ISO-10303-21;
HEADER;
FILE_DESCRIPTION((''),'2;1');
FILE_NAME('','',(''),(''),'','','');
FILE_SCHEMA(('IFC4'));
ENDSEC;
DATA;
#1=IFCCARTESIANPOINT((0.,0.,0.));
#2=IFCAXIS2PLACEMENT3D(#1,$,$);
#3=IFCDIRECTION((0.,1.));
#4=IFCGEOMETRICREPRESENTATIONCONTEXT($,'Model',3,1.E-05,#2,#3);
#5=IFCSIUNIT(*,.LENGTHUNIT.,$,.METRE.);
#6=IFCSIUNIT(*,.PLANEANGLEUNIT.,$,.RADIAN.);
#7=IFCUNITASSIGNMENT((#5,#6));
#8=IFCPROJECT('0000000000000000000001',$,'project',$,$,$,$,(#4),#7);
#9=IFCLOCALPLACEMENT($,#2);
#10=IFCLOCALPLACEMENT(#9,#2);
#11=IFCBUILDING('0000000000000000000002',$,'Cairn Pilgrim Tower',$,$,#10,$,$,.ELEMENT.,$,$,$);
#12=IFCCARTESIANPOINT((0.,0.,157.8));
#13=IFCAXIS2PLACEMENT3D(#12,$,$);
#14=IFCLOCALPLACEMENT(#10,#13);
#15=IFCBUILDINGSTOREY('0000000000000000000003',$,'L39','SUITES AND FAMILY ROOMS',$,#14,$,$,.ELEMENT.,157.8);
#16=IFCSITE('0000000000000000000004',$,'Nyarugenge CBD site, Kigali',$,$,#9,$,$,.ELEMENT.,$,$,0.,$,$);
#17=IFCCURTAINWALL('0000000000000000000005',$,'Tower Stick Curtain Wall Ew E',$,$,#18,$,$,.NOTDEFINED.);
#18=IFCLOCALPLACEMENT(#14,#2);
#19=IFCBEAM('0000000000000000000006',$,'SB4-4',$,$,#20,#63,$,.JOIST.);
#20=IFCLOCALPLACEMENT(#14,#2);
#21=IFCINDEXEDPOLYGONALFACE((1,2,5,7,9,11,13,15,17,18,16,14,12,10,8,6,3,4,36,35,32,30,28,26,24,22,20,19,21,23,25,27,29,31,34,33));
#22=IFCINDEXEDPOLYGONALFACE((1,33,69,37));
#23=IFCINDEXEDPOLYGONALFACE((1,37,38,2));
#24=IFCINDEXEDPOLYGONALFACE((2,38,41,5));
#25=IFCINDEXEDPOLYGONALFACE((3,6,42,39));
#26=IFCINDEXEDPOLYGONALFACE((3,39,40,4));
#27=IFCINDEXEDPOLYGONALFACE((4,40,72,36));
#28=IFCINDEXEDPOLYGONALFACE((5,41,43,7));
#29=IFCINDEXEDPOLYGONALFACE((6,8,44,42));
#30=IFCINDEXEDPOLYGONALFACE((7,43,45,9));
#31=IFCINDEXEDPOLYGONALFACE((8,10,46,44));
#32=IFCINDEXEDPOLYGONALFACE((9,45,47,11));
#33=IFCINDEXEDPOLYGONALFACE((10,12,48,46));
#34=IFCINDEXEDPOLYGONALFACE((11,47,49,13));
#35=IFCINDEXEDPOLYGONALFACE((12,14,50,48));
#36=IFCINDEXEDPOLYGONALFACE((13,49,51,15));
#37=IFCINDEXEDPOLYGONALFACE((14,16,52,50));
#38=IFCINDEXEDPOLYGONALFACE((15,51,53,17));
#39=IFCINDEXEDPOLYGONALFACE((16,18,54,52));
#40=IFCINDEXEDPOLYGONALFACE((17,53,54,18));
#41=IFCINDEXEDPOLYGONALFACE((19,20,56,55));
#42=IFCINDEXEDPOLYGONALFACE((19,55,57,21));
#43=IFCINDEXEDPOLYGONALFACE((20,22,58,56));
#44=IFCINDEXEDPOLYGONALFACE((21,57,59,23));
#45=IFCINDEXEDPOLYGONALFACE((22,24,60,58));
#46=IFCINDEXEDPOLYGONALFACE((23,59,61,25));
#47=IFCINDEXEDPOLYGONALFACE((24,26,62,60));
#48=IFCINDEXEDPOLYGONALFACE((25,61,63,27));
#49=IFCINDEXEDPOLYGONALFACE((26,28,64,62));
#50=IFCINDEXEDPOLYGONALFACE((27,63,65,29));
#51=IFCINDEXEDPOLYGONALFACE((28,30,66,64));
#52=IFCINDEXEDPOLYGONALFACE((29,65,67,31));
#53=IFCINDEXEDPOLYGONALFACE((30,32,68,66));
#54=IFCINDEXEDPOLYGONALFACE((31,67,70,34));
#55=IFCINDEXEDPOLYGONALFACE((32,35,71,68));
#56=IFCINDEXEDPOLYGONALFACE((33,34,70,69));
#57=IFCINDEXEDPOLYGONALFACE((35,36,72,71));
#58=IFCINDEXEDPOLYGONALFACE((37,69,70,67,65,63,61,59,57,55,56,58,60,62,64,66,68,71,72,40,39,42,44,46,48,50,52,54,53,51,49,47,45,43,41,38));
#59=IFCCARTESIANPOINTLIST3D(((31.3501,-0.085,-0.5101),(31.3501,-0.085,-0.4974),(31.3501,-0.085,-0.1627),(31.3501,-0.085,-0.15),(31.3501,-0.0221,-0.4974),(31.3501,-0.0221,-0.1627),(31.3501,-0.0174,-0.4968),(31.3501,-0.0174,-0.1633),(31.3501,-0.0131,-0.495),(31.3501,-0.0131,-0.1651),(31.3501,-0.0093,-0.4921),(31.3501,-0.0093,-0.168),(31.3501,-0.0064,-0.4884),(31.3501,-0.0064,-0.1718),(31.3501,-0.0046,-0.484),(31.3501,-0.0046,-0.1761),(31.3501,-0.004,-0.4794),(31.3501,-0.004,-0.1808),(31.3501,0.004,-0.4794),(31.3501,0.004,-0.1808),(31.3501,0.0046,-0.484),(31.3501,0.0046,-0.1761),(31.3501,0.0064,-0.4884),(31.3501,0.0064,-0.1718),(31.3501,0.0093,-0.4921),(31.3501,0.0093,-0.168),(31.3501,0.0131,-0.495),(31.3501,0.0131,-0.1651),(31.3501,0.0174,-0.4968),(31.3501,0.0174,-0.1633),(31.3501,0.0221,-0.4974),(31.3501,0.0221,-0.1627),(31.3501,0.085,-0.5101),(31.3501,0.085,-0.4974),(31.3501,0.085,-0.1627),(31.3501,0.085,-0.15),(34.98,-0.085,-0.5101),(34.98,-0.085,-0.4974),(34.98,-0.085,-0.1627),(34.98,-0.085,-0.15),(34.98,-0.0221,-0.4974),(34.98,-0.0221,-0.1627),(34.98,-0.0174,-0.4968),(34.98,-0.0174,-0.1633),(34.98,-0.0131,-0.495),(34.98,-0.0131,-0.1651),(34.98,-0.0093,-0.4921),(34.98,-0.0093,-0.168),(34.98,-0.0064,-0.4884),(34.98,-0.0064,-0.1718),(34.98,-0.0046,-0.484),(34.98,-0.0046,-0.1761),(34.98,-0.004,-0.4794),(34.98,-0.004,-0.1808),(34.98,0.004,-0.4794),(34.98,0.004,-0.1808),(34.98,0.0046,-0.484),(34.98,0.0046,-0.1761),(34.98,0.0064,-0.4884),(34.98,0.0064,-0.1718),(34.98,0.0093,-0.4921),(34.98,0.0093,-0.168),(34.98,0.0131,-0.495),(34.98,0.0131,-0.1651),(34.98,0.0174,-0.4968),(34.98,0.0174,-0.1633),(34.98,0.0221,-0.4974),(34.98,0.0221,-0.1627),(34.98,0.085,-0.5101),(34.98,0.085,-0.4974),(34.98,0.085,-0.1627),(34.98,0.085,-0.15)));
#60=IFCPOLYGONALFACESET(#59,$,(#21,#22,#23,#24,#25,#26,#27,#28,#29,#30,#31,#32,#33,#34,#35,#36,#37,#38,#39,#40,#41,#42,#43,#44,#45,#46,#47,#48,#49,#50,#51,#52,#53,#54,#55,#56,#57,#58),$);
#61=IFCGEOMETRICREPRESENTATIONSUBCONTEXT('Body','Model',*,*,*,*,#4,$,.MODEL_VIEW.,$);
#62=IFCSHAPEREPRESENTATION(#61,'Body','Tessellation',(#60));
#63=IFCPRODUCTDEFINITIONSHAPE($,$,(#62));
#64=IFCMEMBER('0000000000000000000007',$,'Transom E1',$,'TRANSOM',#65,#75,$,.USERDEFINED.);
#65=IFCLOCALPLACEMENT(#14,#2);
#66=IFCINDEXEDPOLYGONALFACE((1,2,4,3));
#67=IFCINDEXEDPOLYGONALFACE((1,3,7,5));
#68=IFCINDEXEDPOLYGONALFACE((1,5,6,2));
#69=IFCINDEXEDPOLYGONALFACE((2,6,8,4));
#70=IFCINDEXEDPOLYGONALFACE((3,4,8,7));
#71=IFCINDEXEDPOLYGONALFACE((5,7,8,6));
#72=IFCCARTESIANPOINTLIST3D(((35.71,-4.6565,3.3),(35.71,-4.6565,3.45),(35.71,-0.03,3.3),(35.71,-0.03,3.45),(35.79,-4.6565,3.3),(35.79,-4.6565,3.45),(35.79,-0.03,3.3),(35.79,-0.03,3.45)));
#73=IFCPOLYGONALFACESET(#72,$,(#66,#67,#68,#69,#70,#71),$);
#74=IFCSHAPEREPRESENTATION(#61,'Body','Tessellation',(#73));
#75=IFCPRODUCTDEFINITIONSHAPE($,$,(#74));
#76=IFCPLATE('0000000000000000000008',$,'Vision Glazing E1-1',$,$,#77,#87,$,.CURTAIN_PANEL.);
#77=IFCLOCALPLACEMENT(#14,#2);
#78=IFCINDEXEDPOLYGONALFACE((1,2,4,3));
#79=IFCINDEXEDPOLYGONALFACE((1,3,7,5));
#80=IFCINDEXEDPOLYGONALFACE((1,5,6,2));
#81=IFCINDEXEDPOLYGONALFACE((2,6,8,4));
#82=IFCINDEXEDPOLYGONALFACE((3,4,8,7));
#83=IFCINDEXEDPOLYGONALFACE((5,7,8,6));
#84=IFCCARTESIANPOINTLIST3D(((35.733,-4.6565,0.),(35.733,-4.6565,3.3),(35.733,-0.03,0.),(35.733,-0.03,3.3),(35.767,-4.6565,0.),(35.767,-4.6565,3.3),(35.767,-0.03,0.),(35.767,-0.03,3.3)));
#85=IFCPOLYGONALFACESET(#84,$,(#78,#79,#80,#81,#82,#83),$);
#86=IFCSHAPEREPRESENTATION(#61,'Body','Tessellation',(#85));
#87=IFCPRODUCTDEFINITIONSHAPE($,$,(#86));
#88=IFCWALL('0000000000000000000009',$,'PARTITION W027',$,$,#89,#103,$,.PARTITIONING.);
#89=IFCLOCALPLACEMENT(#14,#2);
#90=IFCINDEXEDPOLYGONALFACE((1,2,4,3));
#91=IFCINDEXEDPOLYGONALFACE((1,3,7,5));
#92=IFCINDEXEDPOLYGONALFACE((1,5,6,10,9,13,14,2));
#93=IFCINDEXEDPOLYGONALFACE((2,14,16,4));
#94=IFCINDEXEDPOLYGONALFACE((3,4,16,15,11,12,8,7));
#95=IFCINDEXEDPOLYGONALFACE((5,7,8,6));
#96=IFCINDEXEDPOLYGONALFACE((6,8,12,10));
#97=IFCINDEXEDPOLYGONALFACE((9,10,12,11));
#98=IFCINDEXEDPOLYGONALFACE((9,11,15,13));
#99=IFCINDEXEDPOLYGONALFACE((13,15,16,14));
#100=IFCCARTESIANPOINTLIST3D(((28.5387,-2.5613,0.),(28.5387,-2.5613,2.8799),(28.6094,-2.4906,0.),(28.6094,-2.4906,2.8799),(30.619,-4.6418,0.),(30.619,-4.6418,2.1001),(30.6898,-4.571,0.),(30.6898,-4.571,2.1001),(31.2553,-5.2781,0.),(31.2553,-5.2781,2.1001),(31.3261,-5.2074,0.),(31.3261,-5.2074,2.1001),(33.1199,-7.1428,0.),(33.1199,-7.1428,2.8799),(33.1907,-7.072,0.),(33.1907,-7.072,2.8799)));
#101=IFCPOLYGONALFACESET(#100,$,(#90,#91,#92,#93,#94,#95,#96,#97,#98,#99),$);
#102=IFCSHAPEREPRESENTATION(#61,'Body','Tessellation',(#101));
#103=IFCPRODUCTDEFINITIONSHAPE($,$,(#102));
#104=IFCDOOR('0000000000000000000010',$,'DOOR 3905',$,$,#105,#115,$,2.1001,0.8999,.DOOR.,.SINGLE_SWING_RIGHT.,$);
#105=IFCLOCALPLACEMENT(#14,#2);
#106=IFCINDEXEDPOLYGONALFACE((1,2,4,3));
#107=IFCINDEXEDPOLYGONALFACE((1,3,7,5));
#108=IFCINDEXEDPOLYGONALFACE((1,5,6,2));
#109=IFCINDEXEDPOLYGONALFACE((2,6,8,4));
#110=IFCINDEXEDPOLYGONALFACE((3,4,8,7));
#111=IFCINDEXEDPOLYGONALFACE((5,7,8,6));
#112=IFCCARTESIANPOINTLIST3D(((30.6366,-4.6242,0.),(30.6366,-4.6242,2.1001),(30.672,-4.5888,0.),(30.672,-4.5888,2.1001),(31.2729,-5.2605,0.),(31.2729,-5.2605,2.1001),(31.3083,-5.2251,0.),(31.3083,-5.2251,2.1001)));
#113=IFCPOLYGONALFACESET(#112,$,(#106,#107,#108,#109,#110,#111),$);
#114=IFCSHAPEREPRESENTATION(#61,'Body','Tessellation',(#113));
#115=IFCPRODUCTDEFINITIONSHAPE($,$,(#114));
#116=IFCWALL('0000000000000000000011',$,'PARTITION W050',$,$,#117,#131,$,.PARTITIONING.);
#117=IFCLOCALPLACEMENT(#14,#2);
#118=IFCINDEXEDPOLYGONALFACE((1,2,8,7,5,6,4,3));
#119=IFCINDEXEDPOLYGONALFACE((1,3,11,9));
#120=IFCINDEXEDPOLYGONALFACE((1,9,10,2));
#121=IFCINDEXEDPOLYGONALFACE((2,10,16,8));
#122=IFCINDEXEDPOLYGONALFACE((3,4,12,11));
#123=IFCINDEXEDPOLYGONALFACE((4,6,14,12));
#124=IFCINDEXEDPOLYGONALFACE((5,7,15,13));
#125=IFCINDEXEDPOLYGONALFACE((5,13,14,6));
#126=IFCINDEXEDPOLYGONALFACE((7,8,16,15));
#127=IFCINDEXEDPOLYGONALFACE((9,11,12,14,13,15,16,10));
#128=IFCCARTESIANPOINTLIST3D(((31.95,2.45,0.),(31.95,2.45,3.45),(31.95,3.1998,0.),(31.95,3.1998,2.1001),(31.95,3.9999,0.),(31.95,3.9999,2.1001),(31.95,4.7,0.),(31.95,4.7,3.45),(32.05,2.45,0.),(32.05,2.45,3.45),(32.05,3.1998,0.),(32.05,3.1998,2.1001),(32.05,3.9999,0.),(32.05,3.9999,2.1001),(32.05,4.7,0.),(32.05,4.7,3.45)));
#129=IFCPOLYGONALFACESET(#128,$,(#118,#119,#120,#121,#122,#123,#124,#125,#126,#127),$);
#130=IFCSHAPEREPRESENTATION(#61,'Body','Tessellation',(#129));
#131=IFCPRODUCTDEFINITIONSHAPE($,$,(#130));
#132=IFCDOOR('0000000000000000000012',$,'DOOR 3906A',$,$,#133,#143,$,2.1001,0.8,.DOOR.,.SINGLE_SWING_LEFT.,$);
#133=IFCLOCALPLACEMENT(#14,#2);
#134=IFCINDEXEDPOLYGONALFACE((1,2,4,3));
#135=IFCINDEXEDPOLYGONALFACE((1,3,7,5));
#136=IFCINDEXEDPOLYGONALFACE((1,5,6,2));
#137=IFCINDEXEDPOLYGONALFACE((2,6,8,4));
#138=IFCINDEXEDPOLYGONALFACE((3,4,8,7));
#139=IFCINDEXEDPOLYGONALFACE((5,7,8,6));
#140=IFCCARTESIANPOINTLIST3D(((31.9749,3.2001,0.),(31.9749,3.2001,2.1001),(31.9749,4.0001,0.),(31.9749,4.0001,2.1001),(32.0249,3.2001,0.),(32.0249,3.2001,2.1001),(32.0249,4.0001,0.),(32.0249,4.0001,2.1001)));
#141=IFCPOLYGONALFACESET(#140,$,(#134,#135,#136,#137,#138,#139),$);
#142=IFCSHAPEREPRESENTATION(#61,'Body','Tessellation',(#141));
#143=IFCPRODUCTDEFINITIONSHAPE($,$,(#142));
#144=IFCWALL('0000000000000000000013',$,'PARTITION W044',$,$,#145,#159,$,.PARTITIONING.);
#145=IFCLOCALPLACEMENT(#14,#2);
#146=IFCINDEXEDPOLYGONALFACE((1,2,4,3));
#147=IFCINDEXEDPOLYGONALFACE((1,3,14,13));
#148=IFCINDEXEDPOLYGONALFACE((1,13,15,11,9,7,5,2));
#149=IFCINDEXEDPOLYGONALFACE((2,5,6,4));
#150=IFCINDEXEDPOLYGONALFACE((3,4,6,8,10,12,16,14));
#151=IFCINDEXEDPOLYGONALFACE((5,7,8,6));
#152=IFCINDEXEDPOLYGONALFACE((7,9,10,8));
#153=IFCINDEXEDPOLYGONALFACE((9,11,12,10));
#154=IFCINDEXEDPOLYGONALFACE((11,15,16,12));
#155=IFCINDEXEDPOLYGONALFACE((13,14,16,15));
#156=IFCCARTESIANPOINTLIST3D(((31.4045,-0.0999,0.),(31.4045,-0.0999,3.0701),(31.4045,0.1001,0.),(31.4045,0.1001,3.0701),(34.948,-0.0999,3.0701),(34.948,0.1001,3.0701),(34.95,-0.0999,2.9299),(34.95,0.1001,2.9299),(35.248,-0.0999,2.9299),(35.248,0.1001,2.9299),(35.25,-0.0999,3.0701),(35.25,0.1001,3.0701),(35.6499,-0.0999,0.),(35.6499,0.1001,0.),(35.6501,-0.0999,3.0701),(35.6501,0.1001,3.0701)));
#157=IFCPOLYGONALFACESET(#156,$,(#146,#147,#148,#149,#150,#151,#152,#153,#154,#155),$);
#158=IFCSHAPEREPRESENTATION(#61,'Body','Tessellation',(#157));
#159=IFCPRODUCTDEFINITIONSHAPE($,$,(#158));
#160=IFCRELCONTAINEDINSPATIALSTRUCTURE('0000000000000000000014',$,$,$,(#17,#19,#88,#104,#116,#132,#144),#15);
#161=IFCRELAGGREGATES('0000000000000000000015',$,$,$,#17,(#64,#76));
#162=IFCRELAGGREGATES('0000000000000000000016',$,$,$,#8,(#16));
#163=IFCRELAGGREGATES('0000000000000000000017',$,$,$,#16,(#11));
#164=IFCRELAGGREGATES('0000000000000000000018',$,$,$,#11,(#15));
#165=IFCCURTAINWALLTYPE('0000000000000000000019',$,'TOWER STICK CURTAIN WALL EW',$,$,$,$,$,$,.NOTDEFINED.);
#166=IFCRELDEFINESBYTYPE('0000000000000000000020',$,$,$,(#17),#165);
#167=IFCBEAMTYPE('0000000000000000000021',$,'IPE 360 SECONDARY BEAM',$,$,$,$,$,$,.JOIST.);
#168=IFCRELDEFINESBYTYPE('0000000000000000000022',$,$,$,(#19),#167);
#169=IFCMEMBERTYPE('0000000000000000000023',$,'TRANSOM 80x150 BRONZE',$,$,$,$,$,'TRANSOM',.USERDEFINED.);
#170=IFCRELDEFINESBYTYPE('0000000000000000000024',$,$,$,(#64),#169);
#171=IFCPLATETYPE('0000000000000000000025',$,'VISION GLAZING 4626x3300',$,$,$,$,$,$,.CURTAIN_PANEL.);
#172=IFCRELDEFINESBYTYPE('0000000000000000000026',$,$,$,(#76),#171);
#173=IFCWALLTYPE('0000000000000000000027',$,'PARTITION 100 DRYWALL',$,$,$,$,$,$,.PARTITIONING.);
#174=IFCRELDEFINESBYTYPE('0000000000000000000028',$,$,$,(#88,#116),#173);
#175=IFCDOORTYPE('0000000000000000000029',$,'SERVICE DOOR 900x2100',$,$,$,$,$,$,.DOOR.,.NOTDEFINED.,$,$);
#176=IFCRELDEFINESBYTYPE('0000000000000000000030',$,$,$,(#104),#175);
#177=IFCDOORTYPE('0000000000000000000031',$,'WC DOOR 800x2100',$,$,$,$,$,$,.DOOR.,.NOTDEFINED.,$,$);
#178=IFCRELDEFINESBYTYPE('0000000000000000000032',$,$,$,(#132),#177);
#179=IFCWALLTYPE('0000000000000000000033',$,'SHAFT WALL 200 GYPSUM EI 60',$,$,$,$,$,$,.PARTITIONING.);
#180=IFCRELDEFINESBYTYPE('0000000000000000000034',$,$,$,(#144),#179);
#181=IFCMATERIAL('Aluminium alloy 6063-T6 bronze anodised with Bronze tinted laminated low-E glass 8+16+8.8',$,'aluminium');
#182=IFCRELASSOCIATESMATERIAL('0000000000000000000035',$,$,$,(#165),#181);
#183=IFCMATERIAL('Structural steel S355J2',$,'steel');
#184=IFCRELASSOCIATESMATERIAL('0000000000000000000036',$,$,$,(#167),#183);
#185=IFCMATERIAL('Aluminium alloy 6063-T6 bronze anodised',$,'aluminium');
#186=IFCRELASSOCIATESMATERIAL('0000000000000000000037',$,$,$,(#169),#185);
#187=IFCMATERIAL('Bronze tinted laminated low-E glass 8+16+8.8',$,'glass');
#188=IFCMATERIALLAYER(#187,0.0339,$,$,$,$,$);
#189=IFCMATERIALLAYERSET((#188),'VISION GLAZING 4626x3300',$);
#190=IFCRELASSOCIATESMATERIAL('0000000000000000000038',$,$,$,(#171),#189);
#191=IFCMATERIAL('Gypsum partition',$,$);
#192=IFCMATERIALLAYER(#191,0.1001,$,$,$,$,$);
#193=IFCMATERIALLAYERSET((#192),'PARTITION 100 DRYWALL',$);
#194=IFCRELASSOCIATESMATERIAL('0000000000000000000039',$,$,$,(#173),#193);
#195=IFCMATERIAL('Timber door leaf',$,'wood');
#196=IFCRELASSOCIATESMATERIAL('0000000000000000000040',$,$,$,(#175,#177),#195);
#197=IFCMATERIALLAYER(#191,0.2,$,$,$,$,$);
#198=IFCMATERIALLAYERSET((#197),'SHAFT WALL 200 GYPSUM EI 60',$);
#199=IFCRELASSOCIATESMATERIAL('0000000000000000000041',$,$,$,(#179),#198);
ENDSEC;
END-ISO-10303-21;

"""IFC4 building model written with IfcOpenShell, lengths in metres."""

from ifc_helpers import new_model, si_unit, direction, frame, frame_2d, origin, origin_2d, place, context, subcontext, project, spatial, polyline, rectangle, i_section, outline, extrude, material, layer, layer_set, material_profile, profile_set, type_object, element, fill, aggregate, save


model = new_model("IFC4")

# Units and contexts
model_context = context("Model", 3, precision=1e-05, world=origin(), true_north=direction((0.0, 1.0)))
body_context = subcontext(model_context, "Body", "Model", "MODEL_VIEW")
ifc_project = project(units=[si_unit("LENGTHUNIT", "METRE"), si_unit("PLANEANGLEUNIT", "RADIAN")], contexts=[model_context])

# Site, building, storey
site_placement = place(None, origin())
site = spatial("IfcSite", under=ifc_project, at=site_placement, Name="Nyarugenge CBD site, Kigali", CompositionType="ELEMENT", RefElevation=0.0)
building_placement = place(site_placement, origin())
building = spatial("IfcBuilding", under=site, at=building_placement, Name="Cairn Pilgrim Tower", CompositionType="ELEMENT")
storey_placement = place(building_placement, frame((0.0, 0.0, 157.8)))
storey = spatial("IfcBuildingStorey", under=building, at=storey_placement, Name="L39", Description="SUITES AND FAMILY ROOMS", CompositionType="ELEMENT", Elevation=157.8)

# Shared definitions
ifc_material_1 = material(Name="Aluminium alloy 6063-T6 bronze anodised with Bronze tinted laminated low-E glass 8+16+8.8", Category="aluminium")
ifc_material_2 = material(Name="Aluminium alloy 6063-T6 bronze anodised", Category="aluminium")

# Curtain wall
curtain_wall_type_1 = type_object("IfcCurtainWallType", Name="TOWER STICK CURTAIN WALL EW", PredefinedType="NOTDEFINED", material=ifc_material_1)
curtain_wall_1_placement = place(storey_placement, origin())
curtain_wall_1 = element("IfcCurtainWall", 1, at=curtain_wall_1_placement, inside=storey, type_object=curtain_wall_type_1, Name="Tower Stick Curtain Wall Ew E", PredefinedType="NOTDEFINED")

# Beam
ifc_material_3 = material(Name="Structural steel S355J2", Category="steel")
ifc_material_profile_1 = material_profile(ifc_material_3, i_section(OverallWidth=0.1699, OverallDepth=0.3601, WebThickness=0.0081, FlangeThickness=0.0127, FilletRadius=0.0181, at=origin_2d()), Name="IPE 360")
ifc_profile_set_1 = profile_set([ifc_material_profile_1], Name="Structural steel S355J2")
beam_type_1 = type_object("IfcBeamType", Name="IPE 360 SECONDARY BEAM", PredefinedType="JOIST", material=ifc_profile_set_1)
beam_1_placement = place(storey_placement, frame((31.3501, 0.0, -0.3301), z_axis=(1.0, 0.0, 0.0), x_axis=(0.0, 1.0, 0.0)))
element("IfcBeam", 2, at=beam_1_placement, inside=storey, type_object=beam_type_1, Name="SB4-4", PredefinedType="JOIST", context=body_context, shape_type="SweptSolid", body=[
    extrude(i_section(OverallWidth=0.1699, OverallDepth=0.3601, WebThickness=0.0081, FlangeThickness=0.0127, FilletRadius=0.0181, at=origin_2d()), origin(), (0.0, 0.0, 1.0), 3.6299),
])

# Member
ifc_material_profile_2 = material_profile(ifc_material_2, rectangle(XDim=0.0801, YDim=0.1499, at=origin_2d()), Name="TRANSOM 80x150 BRONZE")
ifc_profile_set_2 = profile_set([ifc_material_profile_2], Name="Aluminium alloy 6063-T6 bronze anodised")
member_type_1 = type_object("IfcMemberType", Name="TRANSOM 80x150 BRONZE", ElementType="TRANSOM", PredefinedType="USERDEFINED", material=ifc_profile_set_2)
member_1_placement = place(storey_placement, frame((35.75, -4.6565, 3.375), z_axis=(0.0, 1.0, 0.0), x_axis=(-1.0, 0.0, 0.0)))
member_1 = element("IfcMember", 3, at=member_1_placement, type_object=member_type_1, Name="Transom E1", ObjectType="TRANSOM", PredefinedType="USERDEFINED", context=body_context, shape_type="SweptSolid", body=[
    extrude(rectangle(XDim=0.0801, YDim=0.1499, at=origin_2d()), origin(), (0.0, 0.0, 1.0), 4.6265),
])

# Plate
ifc_material_4 = material(Name="Bronze tinted laminated low-E glass 8+16+8.8", Category="glass")
ifc_layer_1 = layer(ifc_material_4, 0.0339)
ifc_layer_set_1 = layer_set([ifc_layer_1], Name="VISION GLAZING 4626x3300")
plate_type = type_object("IfcPlateType", Name="VISION GLAZING 4626x3300", PredefinedType="CURTAIN_PANEL", material=ifc_layer_set_1)
plate_placement = place(storey_placement, frame((35.75, -2.3433, 0.0), z_axis=(0.0, 0.0, 1.0), x_axis=(0.0, 1.0, 0.0)))
plate = element("IfcPlate", 4, at=plate_placement, type_object=plate_type, Name="Vision Glazing E1-1", PredefinedType="CURTAIN_PANEL", context=body_context, shape_type="SweptSolid", body=[
    extrude(rectangle(XDim=4.6265, YDim=0.0339, at=origin_2d()), origin(), (0.0, 0.0, 1.0), 3.3),
])
aggregate(curtain_wall_1, [member_1, plate])

# Walls, openings, doors
ifc_material_5 = material(Name="Gypsum partition")
ifc_layer_2 = layer(ifc_material_5, 0.1001)
ifc_layer_set_2 = layer_set([ifc_layer_2], Name="PARTITION 100 DRYWALL")
wall_type_1 = type_object("IfcWallType", Name="PARTITION 100 DRYWALL", PredefinedType="PARTITIONING", material=ifc_layer_set_2)
wall_1_placement = place(storey_placement, frame((33.1553, -7.1074, 0.0), z_axis=(0.0, 0.0, 1.0), x_axis=(-0.707088, 0.707126, 0.0)))
wall_1 = element("IfcWall", 5, at=wall_1_placement, inside=storey, type_object=wall_type_1, Name="PARTITION W027", PredefinedType="PARTITIONING", context=body_context, shape_type="SweptSolid", body=[
    extrude(rectangle(XDim=6.479, YDim=0.1001, at=frame_2d((3.2395, 0.0))), origin(), (0.0, 0.0, 1.0), 2.8799),
])
opening_1_placement = place(wall_1_placement, frame((2.637, 0.0, 0.0)))
opening_1 = element("IfcOpeningElement", 6, at=opening_1_placement, cuts=wall_1, PredefinedType="OPENING", context=body_context, shape_type="SweptSolid", body=[
    extrude(rectangle(XDim=0.8999, YDim=2.1001, at=frame_2d((0.45, 1.05))), frame((0.0, 0.0601, 0.0), z_axis=(0.0, -1.0, 0.0), x_axis=(1.0, 0.0, 0.0)), (0.0, 0.0, 1.0), 0.1201),
])
ifc_material_6 = material(Name="Timber door leaf", Category="wood")
door_type_1 = type_object("IfcDoorType", Name="SERVICE DOOR 900x2100", OperationType="NOTDEFINED", PredefinedType="DOOR", material=ifc_material_6)
door_1_placement = place(opening_1_placement, frame((0.8999, 0.0, 0.0), z_axis=(0.0, 0.0, 1.0), x_axis=(-1.0, 0.0, 0.0)))
door_1 = element("IfcDoor", 7, at=door_1_placement, inside=storey, type_object=door_type_1, Name="DOOR 3905", OperationType="SINGLE_SWING_RIGHT", OverallHeight=2.1001, OverallWidth=0.8999, PredefinedType="DOOR", context=body_context, shape_type="SweptSolid", body=[
    extrude(rectangle(XDim=0.8999, YDim=2.1001, at=frame_2d((0.45, 1.05))), frame((0.0, 0.0249, 0.0), z_axis=(0.0, -1.0, 0.0), x_axis=(1.0, 0.0, 0.0)), (0.0, 0.0, 1.0), 0.05),
])
fill(opening_1, door_1)
wall_2_placement = place(storey_placement, frame((32.0, 2.45, 0.0), z_axis=(0.0, 0.0, 1.0), x_axis=(0.0, 1.0, 0.0)))
wall_2 = element("IfcWall", 8, at=wall_2_placement, inside=storey, type_object=wall_type_1, Name="PARTITION W050", PredefinedType="PARTITIONING", context=body_context, shape_type="SweptSolid", body=[
    extrude(rectangle(XDim=2.25, YDim=0.1001, at=frame_2d((1.125, 0.0))), origin(), (0.0, 0.0, 1.0), 3.45),
])
opening_2_placement = place(wall_2_placement, frame((0.75, 0.0, 0.0)))
opening_2 = element("IfcOpeningElement", 9, at=opening_2_placement, cuts=wall_2, PredefinedType="OPENING", context=body_context, shape_type="SweptSolid", body=[
    extrude(rectangle(XDim=0.8, YDim=2.1001, at=frame_2d((0.3999, 1.05))), frame((0.0, 0.0601, 0.0), z_axis=(0.0, -1.0, 0.0), x_axis=(1.0, 0.0, 0.0)), (0.0, 0.0, 1.0), 0.1201),
])
door_type_2 = type_object("IfcDoorType", Name="WC DOOR 800x2100", OperationType="NOTDEFINED", PredefinedType="DOOR", material=ifc_material_6)
door_2_placement = place(opening_2_placement, frame((0.8, 0.0, 0.0), z_axis=(0.0, 0.0, 1.0), x_axis=(-1.0, 0.0, 0.0)))
door_2 = element("IfcDoor", 10, at=door_2_placement, inside=storey, type_object=door_type_2, Name="DOOR 3906A", OperationType="SINGLE_SWING_LEFT", OverallHeight=2.1001, OverallWidth=0.8, PredefinedType="DOOR", context=body_context, shape_type="SweptSolid", body=[
    extrude(rectangle(XDim=0.8, YDim=2.1001, at=frame_2d((0.3999, 1.05))), frame((0.0, 0.0249, 0.0), z_axis=(0.0, -1.0, 0.0), x_axis=(1.0, 0.0, 0.0)), (0.0, 0.0, 1.0), 0.05),
])
fill(opening_2, door_2)

# Wall
ifc_layer_3 = layer(ifc_material_5, 0.2)
ifc_layer_set_3 = layer_set([ifc_layer_3], Name="SHAFT WALL 200 GYPSUM EI 60")
wall_type_2 = type_object("IfcWallType", Name="SHAFT WALL 200 GYPSUM EI 60", PredefinedType="PARTITIONING", material=ifc_layer_set_3)
wall_3_placement = place(storey_placement, frame((31.4045, 0.0, 0.0), z_axis=(0.0, 0.0, 1.0), x_axis=(1.0, 0.0, 0.0)))
element("IfcWall", 11, at=wall_3_placement, inside=storey, type_object=wall_type_2, Name="PARTITION W044", PredefinedType="PARTITIONING", context=body_context, shape_type="SweptSolid", body=[
    extrude(outline(polyline([(0.0, 0.0), (4.2454, 0.0), (4.2456, 3.0701), (3.8455, 3.0701), (3.8435, 2.9299), (3.5454, 2.9299), (3.5435, 3.0701), (0.0, 3.0701), (0.0, 0.0)])), frame((0.0, 0.1001, 0.0), z_axis=(0.0, -1.0, 0.0), x_axis=(1.0, 0.0, 0.0)), (0.0, 0.0, 1.0), 0.2),
])

save(model, "model.ifc")
